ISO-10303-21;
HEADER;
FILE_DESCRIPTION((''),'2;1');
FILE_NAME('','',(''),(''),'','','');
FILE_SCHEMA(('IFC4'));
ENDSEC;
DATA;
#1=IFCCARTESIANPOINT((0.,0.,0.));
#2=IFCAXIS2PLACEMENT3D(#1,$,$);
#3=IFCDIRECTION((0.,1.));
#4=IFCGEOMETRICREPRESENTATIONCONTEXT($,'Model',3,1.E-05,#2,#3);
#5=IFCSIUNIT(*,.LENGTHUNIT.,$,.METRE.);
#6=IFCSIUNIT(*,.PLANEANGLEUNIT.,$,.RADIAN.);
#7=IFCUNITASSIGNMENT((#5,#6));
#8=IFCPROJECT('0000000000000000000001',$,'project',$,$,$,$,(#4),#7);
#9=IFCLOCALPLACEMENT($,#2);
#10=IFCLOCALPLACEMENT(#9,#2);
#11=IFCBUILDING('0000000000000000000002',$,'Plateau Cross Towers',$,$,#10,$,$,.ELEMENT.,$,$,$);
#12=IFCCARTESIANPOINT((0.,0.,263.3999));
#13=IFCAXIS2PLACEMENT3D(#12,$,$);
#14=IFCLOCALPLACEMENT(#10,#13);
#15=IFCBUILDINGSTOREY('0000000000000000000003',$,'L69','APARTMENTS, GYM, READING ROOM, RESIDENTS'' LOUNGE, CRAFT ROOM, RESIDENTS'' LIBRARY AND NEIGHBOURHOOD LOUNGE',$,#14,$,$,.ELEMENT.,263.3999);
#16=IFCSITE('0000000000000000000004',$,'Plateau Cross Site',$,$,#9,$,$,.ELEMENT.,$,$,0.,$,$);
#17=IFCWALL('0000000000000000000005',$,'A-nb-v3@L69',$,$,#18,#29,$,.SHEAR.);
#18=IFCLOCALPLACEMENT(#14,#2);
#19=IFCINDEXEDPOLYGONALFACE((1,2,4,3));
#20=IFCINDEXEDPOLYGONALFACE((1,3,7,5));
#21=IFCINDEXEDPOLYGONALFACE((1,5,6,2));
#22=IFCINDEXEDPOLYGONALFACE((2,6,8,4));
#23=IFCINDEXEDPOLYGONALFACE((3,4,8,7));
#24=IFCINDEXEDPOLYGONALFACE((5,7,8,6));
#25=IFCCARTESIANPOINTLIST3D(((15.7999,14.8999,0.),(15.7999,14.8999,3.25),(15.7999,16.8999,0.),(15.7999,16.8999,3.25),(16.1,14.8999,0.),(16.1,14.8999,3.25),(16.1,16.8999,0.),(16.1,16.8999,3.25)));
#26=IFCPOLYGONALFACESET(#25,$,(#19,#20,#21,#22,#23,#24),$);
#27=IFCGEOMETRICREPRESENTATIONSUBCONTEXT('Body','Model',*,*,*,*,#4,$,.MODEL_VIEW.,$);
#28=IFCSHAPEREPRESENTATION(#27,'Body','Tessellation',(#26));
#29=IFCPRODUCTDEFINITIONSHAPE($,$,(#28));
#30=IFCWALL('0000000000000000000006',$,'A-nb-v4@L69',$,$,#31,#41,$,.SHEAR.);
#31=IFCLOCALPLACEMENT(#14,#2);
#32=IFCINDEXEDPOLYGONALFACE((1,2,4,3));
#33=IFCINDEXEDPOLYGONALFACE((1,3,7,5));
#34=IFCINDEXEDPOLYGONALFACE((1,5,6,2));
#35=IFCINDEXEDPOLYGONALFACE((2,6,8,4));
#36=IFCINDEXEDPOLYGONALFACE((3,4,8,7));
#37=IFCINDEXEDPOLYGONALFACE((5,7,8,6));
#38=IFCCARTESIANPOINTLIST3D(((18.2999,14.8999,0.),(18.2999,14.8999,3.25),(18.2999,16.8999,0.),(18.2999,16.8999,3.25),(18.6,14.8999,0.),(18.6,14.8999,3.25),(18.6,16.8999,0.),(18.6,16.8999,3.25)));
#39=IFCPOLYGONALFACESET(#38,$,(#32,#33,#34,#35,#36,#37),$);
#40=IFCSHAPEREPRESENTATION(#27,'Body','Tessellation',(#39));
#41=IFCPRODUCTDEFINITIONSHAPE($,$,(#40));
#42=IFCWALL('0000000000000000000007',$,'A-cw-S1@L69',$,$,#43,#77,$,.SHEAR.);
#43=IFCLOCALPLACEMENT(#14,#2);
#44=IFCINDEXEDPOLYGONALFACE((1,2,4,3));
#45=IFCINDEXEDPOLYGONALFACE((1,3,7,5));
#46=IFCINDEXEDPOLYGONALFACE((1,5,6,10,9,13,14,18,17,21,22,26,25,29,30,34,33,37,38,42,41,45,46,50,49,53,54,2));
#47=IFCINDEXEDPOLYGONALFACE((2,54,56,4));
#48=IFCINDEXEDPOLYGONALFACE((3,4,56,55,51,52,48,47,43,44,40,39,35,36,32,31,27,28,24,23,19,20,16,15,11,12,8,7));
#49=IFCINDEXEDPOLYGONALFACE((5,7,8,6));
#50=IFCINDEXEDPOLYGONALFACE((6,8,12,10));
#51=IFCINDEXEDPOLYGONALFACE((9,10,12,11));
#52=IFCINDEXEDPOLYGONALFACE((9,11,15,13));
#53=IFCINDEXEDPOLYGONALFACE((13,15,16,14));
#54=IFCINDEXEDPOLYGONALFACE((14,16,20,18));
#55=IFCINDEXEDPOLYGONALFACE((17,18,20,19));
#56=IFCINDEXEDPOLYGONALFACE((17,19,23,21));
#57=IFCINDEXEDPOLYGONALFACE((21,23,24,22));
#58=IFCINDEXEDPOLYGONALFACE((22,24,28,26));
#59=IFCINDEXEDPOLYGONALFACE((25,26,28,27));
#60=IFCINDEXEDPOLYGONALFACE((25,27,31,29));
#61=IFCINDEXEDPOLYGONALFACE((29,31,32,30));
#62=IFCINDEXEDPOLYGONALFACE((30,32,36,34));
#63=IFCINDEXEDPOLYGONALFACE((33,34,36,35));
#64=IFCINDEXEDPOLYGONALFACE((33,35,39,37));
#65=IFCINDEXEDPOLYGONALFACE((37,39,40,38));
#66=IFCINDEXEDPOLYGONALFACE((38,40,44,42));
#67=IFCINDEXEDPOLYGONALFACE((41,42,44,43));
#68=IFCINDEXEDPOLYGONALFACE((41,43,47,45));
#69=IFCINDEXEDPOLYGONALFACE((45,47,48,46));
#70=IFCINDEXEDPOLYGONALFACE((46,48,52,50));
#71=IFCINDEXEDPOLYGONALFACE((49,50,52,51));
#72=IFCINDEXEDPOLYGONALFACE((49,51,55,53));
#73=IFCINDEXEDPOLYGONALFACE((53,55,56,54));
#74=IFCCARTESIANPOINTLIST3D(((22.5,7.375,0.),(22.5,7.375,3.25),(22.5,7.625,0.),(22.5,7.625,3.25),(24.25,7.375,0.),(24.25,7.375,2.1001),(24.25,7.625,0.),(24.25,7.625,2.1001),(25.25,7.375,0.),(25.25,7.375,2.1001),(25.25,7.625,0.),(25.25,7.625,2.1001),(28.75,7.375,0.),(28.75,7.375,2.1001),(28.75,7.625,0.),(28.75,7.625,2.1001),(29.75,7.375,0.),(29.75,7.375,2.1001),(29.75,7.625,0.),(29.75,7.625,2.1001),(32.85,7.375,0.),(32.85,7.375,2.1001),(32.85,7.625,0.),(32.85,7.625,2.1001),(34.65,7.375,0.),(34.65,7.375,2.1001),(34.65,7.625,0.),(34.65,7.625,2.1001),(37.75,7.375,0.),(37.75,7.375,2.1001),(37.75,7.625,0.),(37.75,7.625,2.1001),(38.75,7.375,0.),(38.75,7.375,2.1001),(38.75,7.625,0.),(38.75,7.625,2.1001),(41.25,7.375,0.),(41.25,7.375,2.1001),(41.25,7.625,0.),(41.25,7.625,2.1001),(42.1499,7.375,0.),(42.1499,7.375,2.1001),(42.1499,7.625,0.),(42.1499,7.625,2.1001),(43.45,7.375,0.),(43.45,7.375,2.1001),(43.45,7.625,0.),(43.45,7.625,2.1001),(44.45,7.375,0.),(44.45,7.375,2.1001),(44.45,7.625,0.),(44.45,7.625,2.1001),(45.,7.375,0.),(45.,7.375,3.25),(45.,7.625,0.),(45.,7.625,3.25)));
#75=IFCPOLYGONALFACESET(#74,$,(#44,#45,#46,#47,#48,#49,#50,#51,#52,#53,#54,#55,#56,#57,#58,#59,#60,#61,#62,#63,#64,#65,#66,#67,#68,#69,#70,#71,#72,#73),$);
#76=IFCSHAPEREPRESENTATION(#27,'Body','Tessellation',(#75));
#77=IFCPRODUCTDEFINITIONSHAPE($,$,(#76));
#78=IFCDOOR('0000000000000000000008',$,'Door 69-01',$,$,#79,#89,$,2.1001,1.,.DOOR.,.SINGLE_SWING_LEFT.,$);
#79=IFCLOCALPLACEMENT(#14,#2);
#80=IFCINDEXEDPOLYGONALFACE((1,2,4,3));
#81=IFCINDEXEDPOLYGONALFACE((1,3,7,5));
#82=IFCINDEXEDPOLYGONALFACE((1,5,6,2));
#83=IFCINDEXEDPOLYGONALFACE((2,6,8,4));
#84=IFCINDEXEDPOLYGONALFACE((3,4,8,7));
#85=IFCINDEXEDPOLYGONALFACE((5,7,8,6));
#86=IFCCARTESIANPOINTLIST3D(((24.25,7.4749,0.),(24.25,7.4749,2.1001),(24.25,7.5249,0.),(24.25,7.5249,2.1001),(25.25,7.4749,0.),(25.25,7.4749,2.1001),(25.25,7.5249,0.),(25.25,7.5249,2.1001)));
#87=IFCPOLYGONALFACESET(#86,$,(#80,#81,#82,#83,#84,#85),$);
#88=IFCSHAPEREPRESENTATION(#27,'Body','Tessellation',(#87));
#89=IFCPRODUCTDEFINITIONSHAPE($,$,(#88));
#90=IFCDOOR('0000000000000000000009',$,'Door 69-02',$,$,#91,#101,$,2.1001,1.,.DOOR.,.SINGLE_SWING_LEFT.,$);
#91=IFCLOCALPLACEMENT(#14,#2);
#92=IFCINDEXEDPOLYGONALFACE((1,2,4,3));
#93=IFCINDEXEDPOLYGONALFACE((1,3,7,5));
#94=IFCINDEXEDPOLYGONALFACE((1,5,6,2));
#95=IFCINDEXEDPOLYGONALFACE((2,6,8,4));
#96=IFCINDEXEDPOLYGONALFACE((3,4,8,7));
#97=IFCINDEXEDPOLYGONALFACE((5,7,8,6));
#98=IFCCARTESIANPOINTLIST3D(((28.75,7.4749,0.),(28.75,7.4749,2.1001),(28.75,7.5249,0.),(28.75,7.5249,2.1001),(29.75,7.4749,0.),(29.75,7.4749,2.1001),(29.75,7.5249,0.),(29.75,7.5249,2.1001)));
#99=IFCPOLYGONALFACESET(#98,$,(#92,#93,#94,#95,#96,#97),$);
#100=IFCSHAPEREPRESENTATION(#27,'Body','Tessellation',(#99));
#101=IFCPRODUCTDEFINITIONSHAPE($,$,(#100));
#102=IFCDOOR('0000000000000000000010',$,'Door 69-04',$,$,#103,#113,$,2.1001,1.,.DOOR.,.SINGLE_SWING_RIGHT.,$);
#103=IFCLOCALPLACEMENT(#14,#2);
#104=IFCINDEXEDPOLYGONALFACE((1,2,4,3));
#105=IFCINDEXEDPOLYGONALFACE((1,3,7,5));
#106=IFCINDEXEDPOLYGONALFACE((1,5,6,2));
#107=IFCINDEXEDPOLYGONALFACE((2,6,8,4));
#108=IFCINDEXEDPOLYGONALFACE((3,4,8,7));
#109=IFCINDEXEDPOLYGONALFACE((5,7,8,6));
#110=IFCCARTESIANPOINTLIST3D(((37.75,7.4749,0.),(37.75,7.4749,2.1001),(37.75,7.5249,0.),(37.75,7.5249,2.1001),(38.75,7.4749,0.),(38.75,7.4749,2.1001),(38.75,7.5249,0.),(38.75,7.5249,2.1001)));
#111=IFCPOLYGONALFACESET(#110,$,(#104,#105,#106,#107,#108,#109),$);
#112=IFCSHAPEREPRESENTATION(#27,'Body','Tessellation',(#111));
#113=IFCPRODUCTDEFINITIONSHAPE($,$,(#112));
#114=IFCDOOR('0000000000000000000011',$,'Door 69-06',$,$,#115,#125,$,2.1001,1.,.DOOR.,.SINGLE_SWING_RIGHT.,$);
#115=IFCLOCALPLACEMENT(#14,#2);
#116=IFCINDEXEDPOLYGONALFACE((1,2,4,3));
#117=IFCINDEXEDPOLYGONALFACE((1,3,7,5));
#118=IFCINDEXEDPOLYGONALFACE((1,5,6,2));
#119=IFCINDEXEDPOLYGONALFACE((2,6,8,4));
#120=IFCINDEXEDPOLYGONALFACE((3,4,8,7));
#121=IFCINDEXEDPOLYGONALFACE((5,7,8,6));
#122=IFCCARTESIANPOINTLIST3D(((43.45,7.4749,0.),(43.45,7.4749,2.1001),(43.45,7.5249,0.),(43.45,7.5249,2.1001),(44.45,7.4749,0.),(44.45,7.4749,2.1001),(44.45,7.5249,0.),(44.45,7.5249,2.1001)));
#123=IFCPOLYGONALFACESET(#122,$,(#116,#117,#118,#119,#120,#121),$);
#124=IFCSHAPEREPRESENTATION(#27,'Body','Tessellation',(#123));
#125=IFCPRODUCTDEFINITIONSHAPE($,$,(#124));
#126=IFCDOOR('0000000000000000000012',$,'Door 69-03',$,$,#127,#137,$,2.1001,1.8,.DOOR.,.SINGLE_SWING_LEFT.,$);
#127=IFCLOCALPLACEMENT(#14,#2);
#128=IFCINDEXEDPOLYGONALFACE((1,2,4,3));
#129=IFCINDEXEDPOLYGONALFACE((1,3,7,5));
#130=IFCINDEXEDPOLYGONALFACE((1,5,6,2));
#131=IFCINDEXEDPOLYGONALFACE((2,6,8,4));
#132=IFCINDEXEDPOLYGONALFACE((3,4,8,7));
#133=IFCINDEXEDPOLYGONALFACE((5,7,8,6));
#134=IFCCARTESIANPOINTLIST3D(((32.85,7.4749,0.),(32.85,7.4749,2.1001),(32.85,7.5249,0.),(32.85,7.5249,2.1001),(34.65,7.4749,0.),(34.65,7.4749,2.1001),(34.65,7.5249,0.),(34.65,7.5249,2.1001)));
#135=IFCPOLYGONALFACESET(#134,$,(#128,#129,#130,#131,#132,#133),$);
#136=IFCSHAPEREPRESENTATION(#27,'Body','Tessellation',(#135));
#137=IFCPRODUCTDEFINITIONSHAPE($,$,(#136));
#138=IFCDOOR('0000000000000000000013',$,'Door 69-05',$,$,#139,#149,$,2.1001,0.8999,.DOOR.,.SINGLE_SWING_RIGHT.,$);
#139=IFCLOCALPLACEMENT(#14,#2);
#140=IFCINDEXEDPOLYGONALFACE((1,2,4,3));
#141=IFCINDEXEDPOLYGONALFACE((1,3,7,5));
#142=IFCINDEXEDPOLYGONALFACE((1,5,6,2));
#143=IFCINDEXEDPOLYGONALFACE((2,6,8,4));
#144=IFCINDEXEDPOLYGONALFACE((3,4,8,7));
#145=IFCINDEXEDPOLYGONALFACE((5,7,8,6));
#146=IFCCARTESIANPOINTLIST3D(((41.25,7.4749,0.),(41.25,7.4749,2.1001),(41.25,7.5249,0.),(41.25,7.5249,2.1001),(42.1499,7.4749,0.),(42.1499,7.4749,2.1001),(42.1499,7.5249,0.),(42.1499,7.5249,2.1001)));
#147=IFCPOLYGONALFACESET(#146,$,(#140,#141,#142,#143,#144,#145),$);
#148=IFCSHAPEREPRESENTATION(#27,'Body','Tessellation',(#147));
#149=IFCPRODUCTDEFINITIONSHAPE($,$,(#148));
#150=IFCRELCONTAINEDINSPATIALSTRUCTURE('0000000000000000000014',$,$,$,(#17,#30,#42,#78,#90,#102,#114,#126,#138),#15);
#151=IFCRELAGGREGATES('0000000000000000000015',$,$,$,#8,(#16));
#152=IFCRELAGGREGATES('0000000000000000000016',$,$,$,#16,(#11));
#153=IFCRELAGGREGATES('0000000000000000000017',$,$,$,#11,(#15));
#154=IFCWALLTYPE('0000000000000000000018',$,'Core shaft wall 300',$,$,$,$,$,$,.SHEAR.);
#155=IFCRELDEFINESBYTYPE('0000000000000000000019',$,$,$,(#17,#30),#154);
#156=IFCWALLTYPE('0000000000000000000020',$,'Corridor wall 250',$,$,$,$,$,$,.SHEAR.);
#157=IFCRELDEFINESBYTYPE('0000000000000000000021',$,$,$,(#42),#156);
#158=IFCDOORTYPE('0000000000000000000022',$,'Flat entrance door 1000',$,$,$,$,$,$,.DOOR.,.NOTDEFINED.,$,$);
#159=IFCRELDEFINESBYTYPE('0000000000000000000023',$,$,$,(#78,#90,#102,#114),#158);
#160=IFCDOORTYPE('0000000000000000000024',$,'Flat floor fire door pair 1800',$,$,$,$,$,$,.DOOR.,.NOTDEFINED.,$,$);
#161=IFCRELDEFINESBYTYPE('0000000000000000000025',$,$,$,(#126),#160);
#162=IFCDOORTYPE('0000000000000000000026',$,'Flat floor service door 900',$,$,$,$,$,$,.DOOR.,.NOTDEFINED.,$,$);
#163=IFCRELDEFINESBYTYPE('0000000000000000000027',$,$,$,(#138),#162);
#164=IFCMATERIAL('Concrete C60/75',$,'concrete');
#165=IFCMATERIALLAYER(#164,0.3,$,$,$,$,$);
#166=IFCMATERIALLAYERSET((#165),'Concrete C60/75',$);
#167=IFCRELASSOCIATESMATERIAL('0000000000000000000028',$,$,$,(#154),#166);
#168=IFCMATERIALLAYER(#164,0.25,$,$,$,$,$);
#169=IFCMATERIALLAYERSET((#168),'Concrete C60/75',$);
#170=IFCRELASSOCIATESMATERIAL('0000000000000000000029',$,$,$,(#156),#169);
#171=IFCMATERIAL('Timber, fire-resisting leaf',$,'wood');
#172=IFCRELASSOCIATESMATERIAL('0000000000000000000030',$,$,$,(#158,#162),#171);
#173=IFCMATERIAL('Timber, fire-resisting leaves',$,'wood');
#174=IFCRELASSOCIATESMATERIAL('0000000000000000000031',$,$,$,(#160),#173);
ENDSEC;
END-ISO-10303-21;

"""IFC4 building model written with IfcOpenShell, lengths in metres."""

from ifc_helpers import new_model, si_unit, direction, frame, frame_2d, origin, place, context, subcontext, project, spatial, rectangle, extrude, material, layer, layer_set, type_object, element, fill, save


model = new_model("IFC4")

# Units and contexts
model_context = context("Model", 3, precision=1e-05, world=origin(), true_north=direction((0.0, 1.0)))
body_context = subcontext(model_context, "Body", "Model", "MODEL_VIEW")
ifc_project = project(units=[si_unit("LENGTHUNIT", "METRE"), si_unit("PLANEANGLEUNIT", "RADIAN")], contexts=[model_context])

# Site, building, storey
site_placement = place(None, origin())
site = spatial("IfcSite", under=ifc_project, at=site_placement, Name="Plateau Cross Site", CompositionType="ELEMENT", RefElevation=0.0)
building_placement = place(site_placement, origin())
building = spatial("IfcBuilding", under=site, at=building_placement, Name="Plateau Cross Towers", CompositionType="ELEMENT")
storey_placement = place(building_placement, frame((0.0, 0.0, 263.3999)))
storey = spatial("IfcBuildingStorey", under=building, at=storey_placement, Name="L69", Description="APARTMENTS, GYM, READING ROOM, RESIDENTS' LOUNGE, CRAFT ROOM, RESIDENTS' LIBRARY AND NEIGHBOURHOOD LOUNGE", CompositionType="ELEMENT", Elevation=263.3999)

# Shared definitions
ifc_material_1 = material(Name="Concrete C60/75", Category="concrete")

# Walls
ifc_layer_1 = layer(ifc_material_1, 0.3)
ifc_layer_set_1 = layer_set([ifc_layer_1], Name="Concrete C60/75")
wall_type_1 = type_object("IfcWallType", Name="Core shaft wall 300", PredefinedType="SHEAR", material=ifc_layer_set_1)
for number, where, z_axis, x_axis, name in (
    (1, (15.95, 14.8999, 0.0), (0.0, 0.0, 1.0), (0.0, 1.0, 0.0), "A-nb-v3@L69"),
    (2, (18.45, 14.8999, 0.0), (0.0, 0.0, 1.0), (0.0, 1.0, 0.0), "A-nb-v4@L69"),
):
    element("IfcWall", number, at=place(storey_placement, frame(where, z_axis=z_axis, x_axis=x_axis)), inside=storey, type_object=wall_type_1, Name=name, PredefinedType="SHEAR", context=body_context, shape_type="SweptSolid", body=[
        extrude(rectangle(XDim=2.0, YDim=0.3, at=frame_2d((1.0, 0.0))), origin(), (0.0, 0.0, 1.0), 3.25),
    ])

# Wall, openings, doors
ifc_layer_2 = layer(ifc_material_1, 0.25)
ifc_layer_set_2 = layer_set([ifc_layer_2], Name="Concrete C60/75")
wall_type_2 = type_object("IfcWallType", Name="Corridor wall 250", PredefinedType="SHEAR", material=ifc_layer_set_2)
wall_1_placement = place(storey_placement, frame((22.5, 7.5, 0.0), z_axis=(0.0, 0.0, 1.0), x_axis=(1.0, 0.0, 0.0)))
wall_1 = element("IfcWall", 3, at=wall_1_placement, inside=storey, type_object=wall_type_2, Name="A-cw-S1@L69", PredefinedType="SHEAR", context=body_context, shape_type="SweptSolid", body=[
    extrude(rectangle(XDim=22.5, YDim=0.25, at=frame_2d((11.25, 0.0))), origin(), (0.0, 0.0, 1.0), 3.25),
])
opening_1_placement = place(wall_1_placement, frame((1.75, 0.0, 0.0)))
opening_1 = element("IfcOpeningElement", 4, at=opening_1_placement, cuts=wall_1, PredefinedType="OPENING", context=body_context, shape_type="SweptSolid", body=[
    extrude(rectangle(XDim=1.0, YDim=2.1001, at=frame_2d((0.5, 1.05))), frame((0.0, 0.135, 0.0), z_axis=(0.0, -1.0, 0.0), x_axis=(1.0, 0.0, 0.0)), (0.0, 0.0, 1.0), 0.27),
])
opening_2_placement = place(wall_1_placement, frame((6.25, 0.0, 0.0)))
opening_2 = element("IfcOpeningElement", 5, at=opening_2_placement, cuts=wall_1, PredefinedType="OPENING", context=body_context, shape_type="SweptSolid", body=[
    extrude(rectangle(XDim=1.0, YDim=2.1001, at=frame_2d((0.5, 1.05))), frame((0.0, 0.135, 0.0), z_axis=(0.0, -1.0, 0.0), x_axis=(1.0, 0.0, 0.0)), (0.0, 0.0, 1.0), 0.27),
])
opening_3_placement = place(wall_1_placement, frame((10.3501, 0.0, 0.0)))
opening_3 = element("IfcOpeningElement", 6, at=opening_3_placement, cuts=wall_1, PredefinedType="OPENING", context=body_context, shape_type="SweptSolid", body=[
    extrude(rectangle(XDim=1.8, YDim=2.1001, at=frame_2d((0.8999, 1.05))), frame((0.0, 0.135, 0.0), z_axis=(0.0, -1.0, 0.0), x_axis=(1.0, 0.0, 0.0)), (0.0, 0.0, 1.0), 0.27),
])
opening_4_placement = place(wall_1_placement, frame((15.25, 0.0, 0.0)))
opening_4 = element("IfcOpeningElement", 7, at=opening_4_placement, cuts=wall_1, PredefinedType="OPENING", context=body_context, shape_type="SweptSolid", body=[
    extrude(rectangle(XDim=1.0, YDim=2.1001, at=frame_2d((0.5, 1.05))), frame((0.0, 0.135, 0.0), z_axis=(0.0, -1.0, 0.0), x_axis=(1.0, 0.0, 0.0)), (0.0, 0.0, 1.0), 0.27),
])
opening_5_placement = place(wall_1_placement, frame((18.75, 0.0, 0.0)))
opening_5 = element("IfcOpeningElement", 8, at=opening_5_placement, cuts=wall_1, PredefinedType="OPENING", context=body_context, shape_type="SweptSolid", body=[
    extrude(rectangle(XDim=0.8999, YDim=2.1001, at=frame_2d((0.45, 1.05))), frame((0.0, 0.135, 0.0), z_axis=(0.0, -1.0, 0.0), x_axis=(1.0, 0.0, 0.0)), (0.0, 0.0, 1.0), 0.27),
])
opening_6_placement = place(wall_1_placement, frame((20.95, 0.0, 0.0)))
opening_6 = element("IfcOpeningElement", 9, at=opening_6_placement, cuts=wall_1, PredefinedType="OPENING", context=body_context, shape_type="SweptSolid", body=[
    extrude(rectangle(XDim=1.0, YDim=2.1001, at=frame_2d((0.5, 1.05))), frame((0.0, 0.135, 0.0), z_axis=(0.0, -1.0, 0.0), x_axis=(1.0, 0.0, 0.0)), (0.0, 0.0, 1.0), 0.27),
])
ifc_material_2 = material(Name="Timber, fire-resisting leaf", Category="wood")
door_type_1 = type_object("IfcDoorType", Name="Flat entrance door 1000", OperationType="NOTDEFINED", PredefinedType="DOOR", material=ifc_material_2)
door_1_placement = place(opening_1_placement, origin())
door_1 = element("IfcDoor", 10, at=door_1_placement, inside=storey, type_object=door_type_1, Name="Door 69-01", OperationType="SINGLE_SWING_LEFT", OverallHeight=2.1001, OverallWidth=1.0, PredefinedType="DOOR", context=body_context, shape_type="SweptSolid", body=[
    extrude(rectangle(XDim=1.0, YDim=2.1001, at=frame_2d((0.5, 1.05))), frame((0.0, 0.0249, 0.0), z_axis=(0.0, -1.0, 0.0), x_axis=(1.0, 0.0, 0.0)), (0.0, 0.0, 1.0), 0.05),
])
fill(opening_1, door_1)
door_2_placement = place(opening_2_placement, origin())
door_2 = element("IfcDoor", 11, at=door_2_placement, inside=storey, type_object=door_type_1, Name="Door 69-02", OperationType="SINGLE_SWING_LEFT", OverallHeight=2.1001, OverallWidth=1.0, PredefinedType="DOOR", context=body_context, shape_type="SweptSolid", body=[
    extrude(rectangle(XDim=1.0, YDim=2.1001, at=frame_2d((0.5, 1.05))), frame((0.0, 0.0249, 0.0), z_axis=(0.0, -1.0, 0.0), x_axis=(1.0, 0.0, 0.0)), (0.0, 0.0, 1.0), 0.05),
])
fill(opening_2, door_2)
door_3_placement = place(opening_4_placement, origin())
door_3 = element("IfcDoor", 12, at=door_3_placement, inside=storey, type_object=door_type_1, Name="Door 69-04", OperationType="SINGLE_SWING_RIGHT", OverallHeight=2.1001, OverallWidth=1.0, PredefinedType="DOOR", context=body_context, shape_type="SweptSolid", body=[
    extrude(rectangle(XDim=1.0, YDim=2.1001, at=frame_2d((0.5, 1.05))), frame((0.0, 0.0249, 0.0), z_axis=(0.0, -1.0, 0.0), x_axis=(1.0, 0.0, 0.0)), (0.0, 0.0, 1.0), 0.05),
])
fill(opening_4, door_3)
door_4_placement = place(opening_6_placement, origin())
door_4 = element("IfcDoor", 13, at=door_4_placement, inside=storey, type_object=door_type_1, Name="Door 69-06", OperationType="SINGLE_SWING_RIGHT", OverallHeight=2.1001, OverallWidth=1.0, PredefinedType="DOOR", context=body_context, shape_type="SweptSolid", body=[
    extrude(rectangle(XDim=1.0, YDim=2.1001, at=frame_2d((0.5, 1.05))), frame((0.0, 0.0249, 0.0), z_axis=(0.0, -1.0, 0.0), x_axis=(1.0, 0.0, 0.0)), (0.0, 0.0, 1.0), 0.05),
])
fill(opening_6, door_4)
ifc_material_3 = material(Name="Timber, fire-resisting leaves", Category="wood")
door_type_2 = type_object("IfcDoorType", Name="Flat floor fire door pair 1800", OperationType="NOTDEFINED", PredefinedType="DOOR", material=ifc_material_3)
door_5_placement = place(opening_3_placement, origin())
door_5 = element("IfcDoor", 14, at=door_5_placement, inside=storey, type_object=door_type_2, Name="Door 69-03", OperationType="SINGLE_SWING_LEFT", OverallHeight=2.1001, OverallWidth=1.8, PredefinedType="DOOR", context=body_context, shape_type="SweptSolid", body=[
    extrude(rectangle(XDim=1.8, YDim=2.1001, at=frame_2d((0.8999, 1.05))), frame((0.0, 0.0249, 0.0), z_axis=(0.0, -1.0, 0.0), x_axis=(1.0, 0.0, 0.0)), (0.0, 0.0, 1.0), 0.05),
])
fill(opening_3, door_5)
door_type_3 = type_object("IfcDoorType", Name="Flat floor service door 900", OperationType="NOTDEFINED", PredefinedType="DOOR", material=ifc_material_2)
door_6_placement = place(opening_5_placement, origin())
door_6 = element("IfcDoor", 15, at=door_6_placement, inside=storey, type_object=door_type_3, Name="Door 69-05", OperationType="SINGLE_SWING_RIGHT", OverallHeight=2.1001, OverallWidth=0.8999, PredefinedType="DOOR", context=body_context, shape_type="SweptSolid", body=[
    extrude(rectangle(XDim=0.8999, YDim=2.1001, at=frame_2d((0.45, 1.05))), frame((0.0, 0.0249, 0.0), z_axis=(0.0, -1.0, 0.0), x_axis=(1.0, 0.0, 0.0)), (0.0, 0.0, 1.0), 0.05),
])
fill(opening_5, door_6)

save(model, "model.ifc")
